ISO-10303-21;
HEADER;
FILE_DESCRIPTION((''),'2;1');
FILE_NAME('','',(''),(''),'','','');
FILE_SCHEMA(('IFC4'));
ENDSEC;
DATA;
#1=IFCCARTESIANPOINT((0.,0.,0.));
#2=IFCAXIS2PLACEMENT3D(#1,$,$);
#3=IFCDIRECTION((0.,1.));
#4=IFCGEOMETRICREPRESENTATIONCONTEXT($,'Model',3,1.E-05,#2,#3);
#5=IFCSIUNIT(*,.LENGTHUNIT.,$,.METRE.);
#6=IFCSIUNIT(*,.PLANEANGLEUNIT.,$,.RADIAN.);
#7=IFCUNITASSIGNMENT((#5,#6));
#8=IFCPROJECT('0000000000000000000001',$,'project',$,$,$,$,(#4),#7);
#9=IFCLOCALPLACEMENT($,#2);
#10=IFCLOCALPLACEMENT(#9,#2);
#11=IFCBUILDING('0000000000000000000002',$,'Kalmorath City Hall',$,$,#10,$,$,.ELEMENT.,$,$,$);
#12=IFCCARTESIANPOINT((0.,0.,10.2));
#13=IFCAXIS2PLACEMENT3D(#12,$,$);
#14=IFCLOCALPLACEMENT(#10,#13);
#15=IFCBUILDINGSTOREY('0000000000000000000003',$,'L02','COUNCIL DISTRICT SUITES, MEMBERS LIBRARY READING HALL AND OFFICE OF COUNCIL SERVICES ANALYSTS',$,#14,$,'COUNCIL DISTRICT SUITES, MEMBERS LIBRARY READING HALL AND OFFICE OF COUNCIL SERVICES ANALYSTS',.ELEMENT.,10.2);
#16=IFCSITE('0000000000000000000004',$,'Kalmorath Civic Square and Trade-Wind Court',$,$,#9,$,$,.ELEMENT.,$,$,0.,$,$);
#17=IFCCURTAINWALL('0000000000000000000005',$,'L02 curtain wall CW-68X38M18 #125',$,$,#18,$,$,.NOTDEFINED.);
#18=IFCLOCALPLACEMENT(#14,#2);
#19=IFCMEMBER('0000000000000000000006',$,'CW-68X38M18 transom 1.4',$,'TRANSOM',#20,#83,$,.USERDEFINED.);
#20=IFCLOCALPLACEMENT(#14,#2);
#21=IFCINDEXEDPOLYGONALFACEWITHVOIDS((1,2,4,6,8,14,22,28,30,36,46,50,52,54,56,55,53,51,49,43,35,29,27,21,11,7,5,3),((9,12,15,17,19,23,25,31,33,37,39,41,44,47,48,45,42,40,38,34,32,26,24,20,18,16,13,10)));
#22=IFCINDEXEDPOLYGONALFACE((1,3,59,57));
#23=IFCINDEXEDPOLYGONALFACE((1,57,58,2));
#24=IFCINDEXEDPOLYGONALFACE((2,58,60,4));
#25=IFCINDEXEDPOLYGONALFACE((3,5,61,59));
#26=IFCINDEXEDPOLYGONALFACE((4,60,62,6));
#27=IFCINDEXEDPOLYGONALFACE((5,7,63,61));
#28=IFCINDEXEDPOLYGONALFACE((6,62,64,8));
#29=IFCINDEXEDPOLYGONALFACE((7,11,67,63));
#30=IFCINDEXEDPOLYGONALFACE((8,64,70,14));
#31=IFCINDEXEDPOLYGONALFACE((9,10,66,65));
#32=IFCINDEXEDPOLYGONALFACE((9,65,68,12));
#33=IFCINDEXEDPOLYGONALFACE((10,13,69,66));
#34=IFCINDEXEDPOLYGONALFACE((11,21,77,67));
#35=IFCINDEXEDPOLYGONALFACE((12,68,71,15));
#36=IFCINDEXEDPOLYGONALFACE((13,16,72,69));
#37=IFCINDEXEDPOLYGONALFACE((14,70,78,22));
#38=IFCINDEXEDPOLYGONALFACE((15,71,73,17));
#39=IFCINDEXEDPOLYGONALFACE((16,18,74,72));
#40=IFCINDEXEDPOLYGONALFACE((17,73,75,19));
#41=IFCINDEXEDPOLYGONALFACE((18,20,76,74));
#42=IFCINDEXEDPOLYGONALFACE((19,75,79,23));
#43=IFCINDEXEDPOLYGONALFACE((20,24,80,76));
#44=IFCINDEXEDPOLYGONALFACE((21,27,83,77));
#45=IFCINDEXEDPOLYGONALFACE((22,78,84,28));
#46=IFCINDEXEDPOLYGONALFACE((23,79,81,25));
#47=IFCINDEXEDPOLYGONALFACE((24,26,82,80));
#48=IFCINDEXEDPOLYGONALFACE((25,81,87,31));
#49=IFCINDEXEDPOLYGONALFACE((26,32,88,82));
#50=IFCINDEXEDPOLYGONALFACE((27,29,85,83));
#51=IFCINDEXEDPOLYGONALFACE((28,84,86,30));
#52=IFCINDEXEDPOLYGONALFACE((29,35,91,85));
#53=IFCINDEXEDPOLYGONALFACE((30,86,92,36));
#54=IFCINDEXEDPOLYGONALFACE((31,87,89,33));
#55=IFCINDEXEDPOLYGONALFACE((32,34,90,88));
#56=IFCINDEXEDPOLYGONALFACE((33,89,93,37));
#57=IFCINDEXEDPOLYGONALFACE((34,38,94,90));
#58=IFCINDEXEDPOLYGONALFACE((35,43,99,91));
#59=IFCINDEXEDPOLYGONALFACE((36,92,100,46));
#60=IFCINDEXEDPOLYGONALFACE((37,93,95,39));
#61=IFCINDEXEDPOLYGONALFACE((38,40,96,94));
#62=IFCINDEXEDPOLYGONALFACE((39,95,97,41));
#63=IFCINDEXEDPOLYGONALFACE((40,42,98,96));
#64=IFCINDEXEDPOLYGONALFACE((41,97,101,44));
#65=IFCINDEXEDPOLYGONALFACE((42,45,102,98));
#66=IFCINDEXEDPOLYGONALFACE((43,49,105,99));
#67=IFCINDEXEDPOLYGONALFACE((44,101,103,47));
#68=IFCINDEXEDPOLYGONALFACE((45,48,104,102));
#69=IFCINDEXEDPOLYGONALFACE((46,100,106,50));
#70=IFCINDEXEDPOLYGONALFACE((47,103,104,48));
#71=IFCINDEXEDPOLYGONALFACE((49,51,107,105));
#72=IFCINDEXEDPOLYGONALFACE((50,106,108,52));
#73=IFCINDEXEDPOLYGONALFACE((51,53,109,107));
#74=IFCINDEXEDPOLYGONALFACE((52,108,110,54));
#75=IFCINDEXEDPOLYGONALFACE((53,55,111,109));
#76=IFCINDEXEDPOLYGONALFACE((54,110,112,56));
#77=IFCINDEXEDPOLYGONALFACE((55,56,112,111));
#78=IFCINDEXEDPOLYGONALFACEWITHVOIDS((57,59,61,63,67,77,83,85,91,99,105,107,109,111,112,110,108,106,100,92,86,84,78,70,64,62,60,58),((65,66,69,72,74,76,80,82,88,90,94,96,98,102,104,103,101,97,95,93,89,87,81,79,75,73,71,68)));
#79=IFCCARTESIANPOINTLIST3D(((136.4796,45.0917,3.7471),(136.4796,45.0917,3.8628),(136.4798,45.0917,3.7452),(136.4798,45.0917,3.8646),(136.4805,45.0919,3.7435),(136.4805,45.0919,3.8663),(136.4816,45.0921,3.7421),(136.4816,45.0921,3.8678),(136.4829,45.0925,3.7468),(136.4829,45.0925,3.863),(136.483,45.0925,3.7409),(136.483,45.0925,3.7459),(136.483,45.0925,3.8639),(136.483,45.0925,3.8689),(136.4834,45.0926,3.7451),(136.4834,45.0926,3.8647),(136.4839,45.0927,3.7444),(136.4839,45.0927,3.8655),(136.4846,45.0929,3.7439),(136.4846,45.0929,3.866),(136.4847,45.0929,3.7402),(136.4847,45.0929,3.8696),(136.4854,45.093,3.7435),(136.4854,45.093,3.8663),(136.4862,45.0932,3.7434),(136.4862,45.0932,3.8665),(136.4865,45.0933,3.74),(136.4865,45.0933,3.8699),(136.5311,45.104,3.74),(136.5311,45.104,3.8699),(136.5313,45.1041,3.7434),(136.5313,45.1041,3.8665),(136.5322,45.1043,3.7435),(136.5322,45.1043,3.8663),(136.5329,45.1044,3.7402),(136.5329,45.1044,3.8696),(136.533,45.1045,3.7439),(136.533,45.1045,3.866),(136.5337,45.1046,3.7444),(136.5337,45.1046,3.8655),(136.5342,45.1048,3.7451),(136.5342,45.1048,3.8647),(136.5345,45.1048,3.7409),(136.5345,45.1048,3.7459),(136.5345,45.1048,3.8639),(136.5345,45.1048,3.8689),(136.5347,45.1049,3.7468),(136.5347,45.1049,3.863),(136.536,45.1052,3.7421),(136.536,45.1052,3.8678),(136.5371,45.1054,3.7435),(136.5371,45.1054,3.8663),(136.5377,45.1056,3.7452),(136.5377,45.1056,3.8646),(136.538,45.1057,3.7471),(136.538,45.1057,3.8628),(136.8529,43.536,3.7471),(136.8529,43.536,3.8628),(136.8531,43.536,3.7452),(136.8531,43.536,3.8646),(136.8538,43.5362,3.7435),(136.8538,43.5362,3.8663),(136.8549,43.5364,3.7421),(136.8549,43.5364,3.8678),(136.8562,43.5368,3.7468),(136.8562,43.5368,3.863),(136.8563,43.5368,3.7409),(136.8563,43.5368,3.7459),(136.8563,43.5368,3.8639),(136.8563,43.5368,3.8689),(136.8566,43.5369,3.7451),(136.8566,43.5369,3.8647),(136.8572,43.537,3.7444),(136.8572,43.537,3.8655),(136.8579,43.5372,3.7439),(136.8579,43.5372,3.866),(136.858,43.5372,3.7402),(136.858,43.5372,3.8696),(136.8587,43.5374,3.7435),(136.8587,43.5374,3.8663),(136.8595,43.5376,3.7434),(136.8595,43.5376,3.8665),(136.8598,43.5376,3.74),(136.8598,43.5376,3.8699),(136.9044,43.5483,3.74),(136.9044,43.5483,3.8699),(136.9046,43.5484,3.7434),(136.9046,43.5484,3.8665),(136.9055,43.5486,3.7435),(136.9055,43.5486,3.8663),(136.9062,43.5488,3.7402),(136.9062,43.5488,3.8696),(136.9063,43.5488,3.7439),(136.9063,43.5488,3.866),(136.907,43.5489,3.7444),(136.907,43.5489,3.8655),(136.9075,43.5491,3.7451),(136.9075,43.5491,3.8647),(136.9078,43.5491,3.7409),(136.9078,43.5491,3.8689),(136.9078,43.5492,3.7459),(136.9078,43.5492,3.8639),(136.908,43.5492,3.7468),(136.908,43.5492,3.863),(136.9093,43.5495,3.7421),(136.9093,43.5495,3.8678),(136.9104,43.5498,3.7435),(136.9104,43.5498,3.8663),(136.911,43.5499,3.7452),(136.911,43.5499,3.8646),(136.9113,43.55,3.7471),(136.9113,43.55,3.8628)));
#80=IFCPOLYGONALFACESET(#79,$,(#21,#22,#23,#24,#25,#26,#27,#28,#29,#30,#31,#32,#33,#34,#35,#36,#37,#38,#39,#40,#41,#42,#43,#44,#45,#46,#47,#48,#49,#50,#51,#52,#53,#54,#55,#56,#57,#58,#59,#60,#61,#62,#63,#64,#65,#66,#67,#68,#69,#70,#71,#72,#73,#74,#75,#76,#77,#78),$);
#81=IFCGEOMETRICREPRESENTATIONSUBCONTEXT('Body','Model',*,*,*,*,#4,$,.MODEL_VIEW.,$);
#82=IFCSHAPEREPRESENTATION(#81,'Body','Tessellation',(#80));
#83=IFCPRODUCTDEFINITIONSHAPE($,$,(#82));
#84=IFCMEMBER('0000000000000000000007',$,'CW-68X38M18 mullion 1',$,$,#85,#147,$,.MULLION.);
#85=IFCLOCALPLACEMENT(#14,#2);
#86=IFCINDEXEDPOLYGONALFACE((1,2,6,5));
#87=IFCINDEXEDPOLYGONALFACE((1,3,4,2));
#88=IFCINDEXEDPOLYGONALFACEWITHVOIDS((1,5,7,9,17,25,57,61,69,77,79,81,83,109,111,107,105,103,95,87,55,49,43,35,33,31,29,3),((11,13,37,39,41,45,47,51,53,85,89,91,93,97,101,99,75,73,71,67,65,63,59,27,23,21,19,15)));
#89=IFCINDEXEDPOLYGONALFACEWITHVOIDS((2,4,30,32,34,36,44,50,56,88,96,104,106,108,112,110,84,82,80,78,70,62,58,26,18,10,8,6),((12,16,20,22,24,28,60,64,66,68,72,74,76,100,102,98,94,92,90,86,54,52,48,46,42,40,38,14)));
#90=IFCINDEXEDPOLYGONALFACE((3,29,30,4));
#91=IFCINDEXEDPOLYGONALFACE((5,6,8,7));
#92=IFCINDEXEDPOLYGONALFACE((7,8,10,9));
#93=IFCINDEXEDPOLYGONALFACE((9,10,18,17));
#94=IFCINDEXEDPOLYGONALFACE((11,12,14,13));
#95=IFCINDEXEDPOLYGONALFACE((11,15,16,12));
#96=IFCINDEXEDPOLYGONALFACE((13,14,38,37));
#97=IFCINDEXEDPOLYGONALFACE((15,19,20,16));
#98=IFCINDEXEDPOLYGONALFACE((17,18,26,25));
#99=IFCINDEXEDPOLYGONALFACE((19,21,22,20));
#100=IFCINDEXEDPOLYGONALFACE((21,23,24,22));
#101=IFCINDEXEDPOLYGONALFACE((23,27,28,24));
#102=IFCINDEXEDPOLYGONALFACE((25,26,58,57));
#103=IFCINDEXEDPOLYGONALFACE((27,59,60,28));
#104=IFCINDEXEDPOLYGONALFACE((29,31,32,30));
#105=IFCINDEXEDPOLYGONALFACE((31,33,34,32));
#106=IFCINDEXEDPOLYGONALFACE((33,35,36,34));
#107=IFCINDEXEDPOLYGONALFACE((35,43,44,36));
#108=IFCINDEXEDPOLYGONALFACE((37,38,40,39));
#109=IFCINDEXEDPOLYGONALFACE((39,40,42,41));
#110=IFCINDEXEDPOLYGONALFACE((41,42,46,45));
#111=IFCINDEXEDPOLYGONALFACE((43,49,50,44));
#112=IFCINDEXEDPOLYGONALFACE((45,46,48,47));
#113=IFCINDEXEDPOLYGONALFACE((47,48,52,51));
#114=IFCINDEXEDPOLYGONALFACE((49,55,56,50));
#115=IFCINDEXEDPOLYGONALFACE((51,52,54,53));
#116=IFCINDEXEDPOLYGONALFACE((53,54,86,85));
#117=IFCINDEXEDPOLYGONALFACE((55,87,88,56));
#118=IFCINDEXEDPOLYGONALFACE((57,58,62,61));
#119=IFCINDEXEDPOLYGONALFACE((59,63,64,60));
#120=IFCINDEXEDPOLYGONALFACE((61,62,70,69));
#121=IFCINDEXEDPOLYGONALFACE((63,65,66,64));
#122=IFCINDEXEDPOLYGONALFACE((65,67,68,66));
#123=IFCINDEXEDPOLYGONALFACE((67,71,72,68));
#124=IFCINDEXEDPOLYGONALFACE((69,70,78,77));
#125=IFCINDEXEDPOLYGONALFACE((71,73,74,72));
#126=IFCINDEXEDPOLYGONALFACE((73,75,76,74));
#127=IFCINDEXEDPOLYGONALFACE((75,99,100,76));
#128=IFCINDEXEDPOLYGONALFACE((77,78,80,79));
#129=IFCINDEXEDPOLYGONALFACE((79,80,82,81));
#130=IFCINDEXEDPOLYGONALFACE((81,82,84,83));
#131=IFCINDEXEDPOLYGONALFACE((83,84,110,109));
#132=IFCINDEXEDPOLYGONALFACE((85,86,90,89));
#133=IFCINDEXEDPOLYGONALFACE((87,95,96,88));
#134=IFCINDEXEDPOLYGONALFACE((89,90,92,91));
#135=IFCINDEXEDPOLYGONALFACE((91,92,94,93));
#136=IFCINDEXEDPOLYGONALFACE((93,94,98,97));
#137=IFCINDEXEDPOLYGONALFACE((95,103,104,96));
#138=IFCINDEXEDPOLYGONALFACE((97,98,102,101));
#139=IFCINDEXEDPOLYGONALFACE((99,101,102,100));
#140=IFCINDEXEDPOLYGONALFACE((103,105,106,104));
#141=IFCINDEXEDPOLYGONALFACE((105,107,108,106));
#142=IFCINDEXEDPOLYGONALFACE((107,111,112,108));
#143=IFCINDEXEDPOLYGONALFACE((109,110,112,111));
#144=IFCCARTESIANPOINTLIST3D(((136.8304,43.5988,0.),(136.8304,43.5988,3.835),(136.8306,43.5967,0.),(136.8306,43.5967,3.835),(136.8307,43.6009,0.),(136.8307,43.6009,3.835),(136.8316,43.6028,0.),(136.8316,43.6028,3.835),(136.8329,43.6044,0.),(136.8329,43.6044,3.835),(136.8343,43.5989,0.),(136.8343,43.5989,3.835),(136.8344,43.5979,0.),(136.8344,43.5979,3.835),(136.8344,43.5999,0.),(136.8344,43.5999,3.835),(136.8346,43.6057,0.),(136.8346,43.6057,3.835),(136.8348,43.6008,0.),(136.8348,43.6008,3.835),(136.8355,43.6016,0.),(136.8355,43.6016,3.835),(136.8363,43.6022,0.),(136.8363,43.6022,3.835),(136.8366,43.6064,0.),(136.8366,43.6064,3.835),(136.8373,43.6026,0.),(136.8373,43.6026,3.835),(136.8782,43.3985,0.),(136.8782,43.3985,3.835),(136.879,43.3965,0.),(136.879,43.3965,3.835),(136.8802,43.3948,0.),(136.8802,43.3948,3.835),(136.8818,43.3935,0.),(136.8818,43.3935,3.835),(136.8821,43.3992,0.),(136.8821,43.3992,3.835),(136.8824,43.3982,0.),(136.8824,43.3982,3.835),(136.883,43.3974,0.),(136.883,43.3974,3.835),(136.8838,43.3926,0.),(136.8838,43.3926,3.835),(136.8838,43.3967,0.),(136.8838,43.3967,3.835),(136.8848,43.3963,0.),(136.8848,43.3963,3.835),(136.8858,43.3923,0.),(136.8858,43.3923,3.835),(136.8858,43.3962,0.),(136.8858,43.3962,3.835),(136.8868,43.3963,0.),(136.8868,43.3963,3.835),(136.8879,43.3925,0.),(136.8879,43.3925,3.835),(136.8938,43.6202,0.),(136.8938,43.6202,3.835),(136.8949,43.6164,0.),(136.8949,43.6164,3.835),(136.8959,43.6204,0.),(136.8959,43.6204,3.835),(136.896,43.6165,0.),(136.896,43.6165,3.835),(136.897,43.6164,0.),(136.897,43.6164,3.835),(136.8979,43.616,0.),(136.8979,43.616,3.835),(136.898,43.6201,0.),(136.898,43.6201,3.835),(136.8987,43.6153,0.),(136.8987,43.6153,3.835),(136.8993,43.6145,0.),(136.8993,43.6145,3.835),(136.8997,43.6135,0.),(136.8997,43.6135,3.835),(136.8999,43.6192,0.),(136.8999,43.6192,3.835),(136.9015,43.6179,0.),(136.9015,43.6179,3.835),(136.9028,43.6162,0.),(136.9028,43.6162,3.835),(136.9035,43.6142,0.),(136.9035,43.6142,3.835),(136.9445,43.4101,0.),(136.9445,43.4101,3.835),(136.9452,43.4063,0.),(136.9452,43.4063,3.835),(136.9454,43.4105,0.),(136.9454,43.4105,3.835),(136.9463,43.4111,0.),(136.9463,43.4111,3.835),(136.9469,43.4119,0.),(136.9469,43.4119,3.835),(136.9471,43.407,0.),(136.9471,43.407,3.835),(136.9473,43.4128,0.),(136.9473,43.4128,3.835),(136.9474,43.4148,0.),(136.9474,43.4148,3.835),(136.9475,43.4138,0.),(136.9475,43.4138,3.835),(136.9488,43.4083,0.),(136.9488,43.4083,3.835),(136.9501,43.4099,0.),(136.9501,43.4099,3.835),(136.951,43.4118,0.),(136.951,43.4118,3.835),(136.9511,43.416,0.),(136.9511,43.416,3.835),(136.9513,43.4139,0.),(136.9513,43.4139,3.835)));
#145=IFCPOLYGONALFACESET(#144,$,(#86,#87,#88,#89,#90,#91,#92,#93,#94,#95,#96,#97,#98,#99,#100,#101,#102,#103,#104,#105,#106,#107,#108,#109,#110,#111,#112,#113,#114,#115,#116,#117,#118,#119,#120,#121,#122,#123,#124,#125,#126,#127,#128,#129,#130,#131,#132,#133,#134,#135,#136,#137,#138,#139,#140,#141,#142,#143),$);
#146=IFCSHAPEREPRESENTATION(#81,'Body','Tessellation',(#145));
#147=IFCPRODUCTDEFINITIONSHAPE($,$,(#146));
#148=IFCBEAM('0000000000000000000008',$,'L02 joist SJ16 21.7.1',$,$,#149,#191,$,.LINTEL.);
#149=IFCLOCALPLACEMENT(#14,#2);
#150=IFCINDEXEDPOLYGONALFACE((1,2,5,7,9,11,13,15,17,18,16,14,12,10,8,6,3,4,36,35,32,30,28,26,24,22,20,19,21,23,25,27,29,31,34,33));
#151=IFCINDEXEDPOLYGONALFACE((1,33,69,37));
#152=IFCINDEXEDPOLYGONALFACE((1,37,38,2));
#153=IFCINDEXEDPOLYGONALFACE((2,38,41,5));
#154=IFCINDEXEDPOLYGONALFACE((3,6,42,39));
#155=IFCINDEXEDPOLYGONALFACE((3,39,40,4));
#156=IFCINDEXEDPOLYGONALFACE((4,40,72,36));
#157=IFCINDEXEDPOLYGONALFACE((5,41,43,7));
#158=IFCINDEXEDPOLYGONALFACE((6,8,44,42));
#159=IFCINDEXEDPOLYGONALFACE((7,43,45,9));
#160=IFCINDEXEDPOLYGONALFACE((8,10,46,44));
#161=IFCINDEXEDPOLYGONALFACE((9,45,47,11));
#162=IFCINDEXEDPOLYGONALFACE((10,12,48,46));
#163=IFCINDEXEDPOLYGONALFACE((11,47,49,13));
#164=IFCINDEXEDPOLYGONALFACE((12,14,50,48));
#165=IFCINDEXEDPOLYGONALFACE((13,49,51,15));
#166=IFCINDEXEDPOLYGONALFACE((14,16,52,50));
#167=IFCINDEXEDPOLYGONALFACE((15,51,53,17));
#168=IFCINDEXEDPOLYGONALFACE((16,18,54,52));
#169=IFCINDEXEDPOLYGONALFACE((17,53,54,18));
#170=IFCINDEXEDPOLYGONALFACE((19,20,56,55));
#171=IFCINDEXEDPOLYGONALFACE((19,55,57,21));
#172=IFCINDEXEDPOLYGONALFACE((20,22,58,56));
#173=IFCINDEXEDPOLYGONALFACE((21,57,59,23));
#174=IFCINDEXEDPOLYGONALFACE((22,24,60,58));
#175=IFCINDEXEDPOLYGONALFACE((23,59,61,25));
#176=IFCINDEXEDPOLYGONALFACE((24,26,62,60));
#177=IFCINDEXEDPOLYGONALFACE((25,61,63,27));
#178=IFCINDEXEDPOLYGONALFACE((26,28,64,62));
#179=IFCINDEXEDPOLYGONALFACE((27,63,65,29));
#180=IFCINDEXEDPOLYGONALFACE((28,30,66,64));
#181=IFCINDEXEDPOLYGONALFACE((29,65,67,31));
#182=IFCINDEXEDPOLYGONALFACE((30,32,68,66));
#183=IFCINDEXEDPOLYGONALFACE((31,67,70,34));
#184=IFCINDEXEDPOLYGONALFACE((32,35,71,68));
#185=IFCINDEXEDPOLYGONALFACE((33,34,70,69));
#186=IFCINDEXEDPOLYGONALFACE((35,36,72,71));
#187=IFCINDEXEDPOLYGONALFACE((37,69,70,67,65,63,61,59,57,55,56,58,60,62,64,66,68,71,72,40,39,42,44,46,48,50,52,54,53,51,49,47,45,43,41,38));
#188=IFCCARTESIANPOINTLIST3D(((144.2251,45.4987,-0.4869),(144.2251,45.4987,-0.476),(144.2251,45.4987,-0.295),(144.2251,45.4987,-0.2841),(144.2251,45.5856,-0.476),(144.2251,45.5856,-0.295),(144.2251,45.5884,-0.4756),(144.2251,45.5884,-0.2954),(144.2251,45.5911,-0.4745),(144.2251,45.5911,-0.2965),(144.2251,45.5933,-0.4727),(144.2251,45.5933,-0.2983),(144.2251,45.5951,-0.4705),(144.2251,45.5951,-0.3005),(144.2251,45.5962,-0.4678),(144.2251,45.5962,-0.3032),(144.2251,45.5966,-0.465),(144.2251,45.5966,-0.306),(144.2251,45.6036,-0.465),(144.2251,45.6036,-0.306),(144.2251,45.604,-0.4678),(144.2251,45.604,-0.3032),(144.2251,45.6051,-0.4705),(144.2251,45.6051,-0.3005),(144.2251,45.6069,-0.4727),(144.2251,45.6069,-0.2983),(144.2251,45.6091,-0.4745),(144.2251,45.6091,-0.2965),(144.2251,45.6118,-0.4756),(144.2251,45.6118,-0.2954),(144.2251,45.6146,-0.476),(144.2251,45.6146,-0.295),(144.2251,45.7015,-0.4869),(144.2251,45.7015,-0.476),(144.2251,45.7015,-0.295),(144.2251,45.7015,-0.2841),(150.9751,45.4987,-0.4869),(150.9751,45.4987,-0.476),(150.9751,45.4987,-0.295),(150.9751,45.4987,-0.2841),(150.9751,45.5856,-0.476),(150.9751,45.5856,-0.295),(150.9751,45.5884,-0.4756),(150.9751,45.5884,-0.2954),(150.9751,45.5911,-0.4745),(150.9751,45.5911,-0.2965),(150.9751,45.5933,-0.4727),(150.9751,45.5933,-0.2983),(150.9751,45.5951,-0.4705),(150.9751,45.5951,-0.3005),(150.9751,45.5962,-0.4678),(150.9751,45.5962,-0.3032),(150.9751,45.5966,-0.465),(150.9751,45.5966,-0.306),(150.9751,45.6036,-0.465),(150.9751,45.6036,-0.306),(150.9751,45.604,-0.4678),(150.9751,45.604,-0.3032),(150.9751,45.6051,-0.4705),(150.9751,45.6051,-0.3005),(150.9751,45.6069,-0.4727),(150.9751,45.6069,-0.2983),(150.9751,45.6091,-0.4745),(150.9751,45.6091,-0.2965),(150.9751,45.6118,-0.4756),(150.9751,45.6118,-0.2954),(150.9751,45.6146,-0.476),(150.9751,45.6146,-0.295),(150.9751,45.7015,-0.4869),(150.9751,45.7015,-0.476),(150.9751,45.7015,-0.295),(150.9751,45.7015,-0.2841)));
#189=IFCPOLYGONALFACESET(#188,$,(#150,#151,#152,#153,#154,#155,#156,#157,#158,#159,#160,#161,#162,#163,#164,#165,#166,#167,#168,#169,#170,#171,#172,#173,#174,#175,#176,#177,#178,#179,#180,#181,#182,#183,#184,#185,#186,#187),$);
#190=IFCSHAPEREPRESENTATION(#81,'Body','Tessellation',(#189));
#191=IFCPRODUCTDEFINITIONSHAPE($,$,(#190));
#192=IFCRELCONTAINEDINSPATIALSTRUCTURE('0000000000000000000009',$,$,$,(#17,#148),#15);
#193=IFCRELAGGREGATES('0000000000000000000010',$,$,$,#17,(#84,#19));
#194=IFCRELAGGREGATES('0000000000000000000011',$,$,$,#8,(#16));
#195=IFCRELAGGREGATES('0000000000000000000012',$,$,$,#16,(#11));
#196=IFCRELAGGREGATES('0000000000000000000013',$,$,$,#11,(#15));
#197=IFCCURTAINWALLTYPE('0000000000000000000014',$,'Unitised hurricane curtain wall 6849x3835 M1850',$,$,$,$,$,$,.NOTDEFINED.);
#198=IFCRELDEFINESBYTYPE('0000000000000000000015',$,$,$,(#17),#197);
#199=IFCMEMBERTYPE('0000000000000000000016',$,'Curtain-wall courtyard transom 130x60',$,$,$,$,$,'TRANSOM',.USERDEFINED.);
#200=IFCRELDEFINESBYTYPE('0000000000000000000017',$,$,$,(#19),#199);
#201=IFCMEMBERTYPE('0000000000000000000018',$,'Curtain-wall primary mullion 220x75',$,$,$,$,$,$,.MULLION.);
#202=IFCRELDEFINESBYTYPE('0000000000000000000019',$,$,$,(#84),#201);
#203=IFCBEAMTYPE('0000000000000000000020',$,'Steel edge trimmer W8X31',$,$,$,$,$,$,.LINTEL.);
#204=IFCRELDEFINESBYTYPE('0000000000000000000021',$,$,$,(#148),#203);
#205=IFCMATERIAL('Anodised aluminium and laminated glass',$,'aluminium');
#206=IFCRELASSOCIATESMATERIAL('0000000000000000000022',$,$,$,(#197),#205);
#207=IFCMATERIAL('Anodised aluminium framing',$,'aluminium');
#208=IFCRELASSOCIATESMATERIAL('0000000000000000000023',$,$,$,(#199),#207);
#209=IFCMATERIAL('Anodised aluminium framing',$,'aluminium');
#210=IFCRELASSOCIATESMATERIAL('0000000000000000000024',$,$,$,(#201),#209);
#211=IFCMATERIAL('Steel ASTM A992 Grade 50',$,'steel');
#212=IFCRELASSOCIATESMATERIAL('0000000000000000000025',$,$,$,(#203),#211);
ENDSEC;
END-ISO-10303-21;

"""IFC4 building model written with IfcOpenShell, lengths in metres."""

from ifc_helpers import new_model, si_unit, direction, frame, origin, origin_2d, place, context, subcontext, project, spatial, hollow_rectangle, i_section, extrude, material, material_profile, profile_set, type_object, element, aggregate, save


model = new_model("IFC4")

# Units and contexts
model_context = context("Model", 3, precision=1e-05, world=origin(), true_north=direction((0.0, 1.0)))
body_context = subcontext(model_context, "Body", "Model", "MODEL_VIEW")
ifc_project = project(units=[si_unit("LENGTHUNIT", "METRE"), si_unit("PLANEANGLEUNIT", "RADIAN")], contexts=[model_context])

# Site, building, storey
site_placement = place(None, origin())
site = spatial("IfcSite", under=ifc_project, at=site_placement, Name="Kalmorath Civic Square and Trade-Wind Court", CompositionType="ELEMENT", RefElevation=0.0)
building_placement = place(site_placement, origin())
building = spatial("IfcBuilding", under=site, at=building_placement, Name="Kalmorath City Hall", CompositionType="ELEMENT")
storey_placement = place(building_placement, frame((0.0, 0.0, 10.2)))
storey = spatial("IfcBuildingStorey", under=building, at=storey_placement, Name="L02", Description="COUNCIL DISTRICT SUITES, MEMBERS LIBRARY READING HALL AND OFFICE OF COUNCIL SERVICES ANALYSTS", LongName="COUNCIL DISTRICT SUITES, MEMBERS LIBRARY READING HALL AND OFFICE OF COUNCIL SERVICES ANALYSTS", CompositionType="ELEMENT", Elevation=10.2)

# Curtain wall, members
ifc_material_1 = material(Name="Anodised aluminium and laminated glass", Category="aluminium")
curtain_wall_type = type_object("IfcCurtainWallType", Name="Unitised hurricane curtain wall 6849x3835 M1850", PredefinedType="NOTDEFINED", material=ifc_material_1)
curtain_wall_placement = place(storey_placement, origin())
curtain_wall = element("IfcCurtainWall", 1, at=curtain_wall_placement, inside=storey, type_object=curtain_wall_type, Name="L02 curtain wall CW-68X38M18 #125", PredefinedType="NOTDEFINED")
ifc_material_2 = material(Name="Anodised aluminium framing", Category="aluminium")
ifc_material_profile_1 = material_profile(ifc_material_2, hollow_rectangle(XDim=0.0601, YDim=0.1299, WallThickness=0.0034, InnerFilletRadius=0.0034, OuterFilletRadius=0.0071, at=origin_2d()), Name="ALU-TRN-130X60X3.5")
ifc_profile_set_1 = profile_set([ifc_material_profile_1], Name="Anodised aluminium framing")
member_type_1 = type_object("IfcMemberType", Name="Curtain-wall courtyard transom 130x60", ElementType="TRANSOM", PredefinedType="USERDEFINED", material=ifc_profile_set_1)
member_1_placement = place(storey_placement, frame((136.8821, 43.543, 3.8049), z_axis=(-0.233333, 0.972397, 0.0), x_axis=(-0.972397, -0.233333, 0.0)))
member_1 = element("IfcMember", 2, at=member_1_placement, type_object=member_type_1, Name="CW-68X38M18 transom 1.4", ObjectType="TRANSOM", PredefinedType="USERDEFINED", context=body_context, shape_type="SweptSolid", body=[
    extrude(hollow_rectangle(XDim=0.0601, YDim=0.1299, WallThickness=0.0034, InnerFilletRadius=0.0034, OuterFilletRadius=0.0071, at=origin_2d()), origin(), (0.0, 0.0, 1.0), 1.5999),
])
ifc_material_3 = material(Name="Anodised aluminium framing", Category="aluminium")
ifc_material_profile_2 = material_profile(ifc_material_3, hollow_rectangle(XDim=0.075, YDim=0.22, WallThickness=0.0039, InnerFilletRadius=0.0039, OuterFilletRadius=0.0081, at=origin_2d()), Name="ALU-MUL-220X75X4")
ifc_profile_set_2 = profile_set([ifc_material_profile_2], Name="Anodised aluminium framing")
member_type_2 = type_object("IfcMemberType", Name="Curtain-wall primary mullion 220x75", PredefinedType="MULLION", material=ifc_profile_set_2)
member_2_placement = place(storey_placement, frame((136.8909, 43.5063, 0.0), z_axis=(0.0, 0.0, 1.0), x_axis=(-0.972367, -0.233456, 0.0)))
member_2 = element("IfcMember", 3, at=member_2_placement, type_object=member_type_2, Name="CW-68X38M18 mullion 1", PredefinedType="MULLION", context=body_context, shape_type="SweptSolid", body=[
    extrude(hollow_rectangle(XDim=0.075, YDim=0.22, WallThickness=0.0039, InnerFilletRadius=0.0039, OuterFilletRadius=0.0081, at=origin_2d()), origin(), (0.0, 0.0, 1.0), 3.835),
])
aggregate(curtain_wall, [member_2, member_1])

# Beam
ifc_material_4 = material(Name="Steel ASTM A992 Grade 50", Category="steel")
ifc_material_profile_3 = material_profile(ifc_material_4, i_section(OverallWidth=0.2029, OverallDepth=0.2029, WebThickness=0.0071, FlangeThickness=0.011, FilletRadius=0.011, at=origin_2d()), Name="W8X31")
ifc_profile_set_3 = profile_set([ifc_material_profile_3], Name="Steel ASTM A992 Grade 50")
beam_type_1 = type_object("IfcBeamType", Name="Steel edge trimmer W8X31", PredefinedType="LINTEL", material=ifc_profile_set_3)
for number, where, z_axis, x_axis, name in (
    (4, (144.2251, 45.6001, -0.3855), (1.0, 0.0, 0.0), (0.0, 1.0, 0.0), "L02 joist SJ16 21.7.1"),
):
    element("IfcBeam", number, at=place(storey_placement, frame(where, z_axis=z_axis, x_axis=x_axis)), inside=storey, type_object=beam_type_1, Name=name, PredefinedType="LINTEL", context=body_context, shape_type="SweptSolid", body=[
        extrude(i_section(OverallWidth=0.2029, OverallDepth=0.2029, WebThickness=0.0071, FlangeThickness=0.011, FilletRadius=0.011, at=origin_2d()), origin(), (0.0, 0.0, 1.0), 6.75),
    ])

save(model, "model.ifc")
